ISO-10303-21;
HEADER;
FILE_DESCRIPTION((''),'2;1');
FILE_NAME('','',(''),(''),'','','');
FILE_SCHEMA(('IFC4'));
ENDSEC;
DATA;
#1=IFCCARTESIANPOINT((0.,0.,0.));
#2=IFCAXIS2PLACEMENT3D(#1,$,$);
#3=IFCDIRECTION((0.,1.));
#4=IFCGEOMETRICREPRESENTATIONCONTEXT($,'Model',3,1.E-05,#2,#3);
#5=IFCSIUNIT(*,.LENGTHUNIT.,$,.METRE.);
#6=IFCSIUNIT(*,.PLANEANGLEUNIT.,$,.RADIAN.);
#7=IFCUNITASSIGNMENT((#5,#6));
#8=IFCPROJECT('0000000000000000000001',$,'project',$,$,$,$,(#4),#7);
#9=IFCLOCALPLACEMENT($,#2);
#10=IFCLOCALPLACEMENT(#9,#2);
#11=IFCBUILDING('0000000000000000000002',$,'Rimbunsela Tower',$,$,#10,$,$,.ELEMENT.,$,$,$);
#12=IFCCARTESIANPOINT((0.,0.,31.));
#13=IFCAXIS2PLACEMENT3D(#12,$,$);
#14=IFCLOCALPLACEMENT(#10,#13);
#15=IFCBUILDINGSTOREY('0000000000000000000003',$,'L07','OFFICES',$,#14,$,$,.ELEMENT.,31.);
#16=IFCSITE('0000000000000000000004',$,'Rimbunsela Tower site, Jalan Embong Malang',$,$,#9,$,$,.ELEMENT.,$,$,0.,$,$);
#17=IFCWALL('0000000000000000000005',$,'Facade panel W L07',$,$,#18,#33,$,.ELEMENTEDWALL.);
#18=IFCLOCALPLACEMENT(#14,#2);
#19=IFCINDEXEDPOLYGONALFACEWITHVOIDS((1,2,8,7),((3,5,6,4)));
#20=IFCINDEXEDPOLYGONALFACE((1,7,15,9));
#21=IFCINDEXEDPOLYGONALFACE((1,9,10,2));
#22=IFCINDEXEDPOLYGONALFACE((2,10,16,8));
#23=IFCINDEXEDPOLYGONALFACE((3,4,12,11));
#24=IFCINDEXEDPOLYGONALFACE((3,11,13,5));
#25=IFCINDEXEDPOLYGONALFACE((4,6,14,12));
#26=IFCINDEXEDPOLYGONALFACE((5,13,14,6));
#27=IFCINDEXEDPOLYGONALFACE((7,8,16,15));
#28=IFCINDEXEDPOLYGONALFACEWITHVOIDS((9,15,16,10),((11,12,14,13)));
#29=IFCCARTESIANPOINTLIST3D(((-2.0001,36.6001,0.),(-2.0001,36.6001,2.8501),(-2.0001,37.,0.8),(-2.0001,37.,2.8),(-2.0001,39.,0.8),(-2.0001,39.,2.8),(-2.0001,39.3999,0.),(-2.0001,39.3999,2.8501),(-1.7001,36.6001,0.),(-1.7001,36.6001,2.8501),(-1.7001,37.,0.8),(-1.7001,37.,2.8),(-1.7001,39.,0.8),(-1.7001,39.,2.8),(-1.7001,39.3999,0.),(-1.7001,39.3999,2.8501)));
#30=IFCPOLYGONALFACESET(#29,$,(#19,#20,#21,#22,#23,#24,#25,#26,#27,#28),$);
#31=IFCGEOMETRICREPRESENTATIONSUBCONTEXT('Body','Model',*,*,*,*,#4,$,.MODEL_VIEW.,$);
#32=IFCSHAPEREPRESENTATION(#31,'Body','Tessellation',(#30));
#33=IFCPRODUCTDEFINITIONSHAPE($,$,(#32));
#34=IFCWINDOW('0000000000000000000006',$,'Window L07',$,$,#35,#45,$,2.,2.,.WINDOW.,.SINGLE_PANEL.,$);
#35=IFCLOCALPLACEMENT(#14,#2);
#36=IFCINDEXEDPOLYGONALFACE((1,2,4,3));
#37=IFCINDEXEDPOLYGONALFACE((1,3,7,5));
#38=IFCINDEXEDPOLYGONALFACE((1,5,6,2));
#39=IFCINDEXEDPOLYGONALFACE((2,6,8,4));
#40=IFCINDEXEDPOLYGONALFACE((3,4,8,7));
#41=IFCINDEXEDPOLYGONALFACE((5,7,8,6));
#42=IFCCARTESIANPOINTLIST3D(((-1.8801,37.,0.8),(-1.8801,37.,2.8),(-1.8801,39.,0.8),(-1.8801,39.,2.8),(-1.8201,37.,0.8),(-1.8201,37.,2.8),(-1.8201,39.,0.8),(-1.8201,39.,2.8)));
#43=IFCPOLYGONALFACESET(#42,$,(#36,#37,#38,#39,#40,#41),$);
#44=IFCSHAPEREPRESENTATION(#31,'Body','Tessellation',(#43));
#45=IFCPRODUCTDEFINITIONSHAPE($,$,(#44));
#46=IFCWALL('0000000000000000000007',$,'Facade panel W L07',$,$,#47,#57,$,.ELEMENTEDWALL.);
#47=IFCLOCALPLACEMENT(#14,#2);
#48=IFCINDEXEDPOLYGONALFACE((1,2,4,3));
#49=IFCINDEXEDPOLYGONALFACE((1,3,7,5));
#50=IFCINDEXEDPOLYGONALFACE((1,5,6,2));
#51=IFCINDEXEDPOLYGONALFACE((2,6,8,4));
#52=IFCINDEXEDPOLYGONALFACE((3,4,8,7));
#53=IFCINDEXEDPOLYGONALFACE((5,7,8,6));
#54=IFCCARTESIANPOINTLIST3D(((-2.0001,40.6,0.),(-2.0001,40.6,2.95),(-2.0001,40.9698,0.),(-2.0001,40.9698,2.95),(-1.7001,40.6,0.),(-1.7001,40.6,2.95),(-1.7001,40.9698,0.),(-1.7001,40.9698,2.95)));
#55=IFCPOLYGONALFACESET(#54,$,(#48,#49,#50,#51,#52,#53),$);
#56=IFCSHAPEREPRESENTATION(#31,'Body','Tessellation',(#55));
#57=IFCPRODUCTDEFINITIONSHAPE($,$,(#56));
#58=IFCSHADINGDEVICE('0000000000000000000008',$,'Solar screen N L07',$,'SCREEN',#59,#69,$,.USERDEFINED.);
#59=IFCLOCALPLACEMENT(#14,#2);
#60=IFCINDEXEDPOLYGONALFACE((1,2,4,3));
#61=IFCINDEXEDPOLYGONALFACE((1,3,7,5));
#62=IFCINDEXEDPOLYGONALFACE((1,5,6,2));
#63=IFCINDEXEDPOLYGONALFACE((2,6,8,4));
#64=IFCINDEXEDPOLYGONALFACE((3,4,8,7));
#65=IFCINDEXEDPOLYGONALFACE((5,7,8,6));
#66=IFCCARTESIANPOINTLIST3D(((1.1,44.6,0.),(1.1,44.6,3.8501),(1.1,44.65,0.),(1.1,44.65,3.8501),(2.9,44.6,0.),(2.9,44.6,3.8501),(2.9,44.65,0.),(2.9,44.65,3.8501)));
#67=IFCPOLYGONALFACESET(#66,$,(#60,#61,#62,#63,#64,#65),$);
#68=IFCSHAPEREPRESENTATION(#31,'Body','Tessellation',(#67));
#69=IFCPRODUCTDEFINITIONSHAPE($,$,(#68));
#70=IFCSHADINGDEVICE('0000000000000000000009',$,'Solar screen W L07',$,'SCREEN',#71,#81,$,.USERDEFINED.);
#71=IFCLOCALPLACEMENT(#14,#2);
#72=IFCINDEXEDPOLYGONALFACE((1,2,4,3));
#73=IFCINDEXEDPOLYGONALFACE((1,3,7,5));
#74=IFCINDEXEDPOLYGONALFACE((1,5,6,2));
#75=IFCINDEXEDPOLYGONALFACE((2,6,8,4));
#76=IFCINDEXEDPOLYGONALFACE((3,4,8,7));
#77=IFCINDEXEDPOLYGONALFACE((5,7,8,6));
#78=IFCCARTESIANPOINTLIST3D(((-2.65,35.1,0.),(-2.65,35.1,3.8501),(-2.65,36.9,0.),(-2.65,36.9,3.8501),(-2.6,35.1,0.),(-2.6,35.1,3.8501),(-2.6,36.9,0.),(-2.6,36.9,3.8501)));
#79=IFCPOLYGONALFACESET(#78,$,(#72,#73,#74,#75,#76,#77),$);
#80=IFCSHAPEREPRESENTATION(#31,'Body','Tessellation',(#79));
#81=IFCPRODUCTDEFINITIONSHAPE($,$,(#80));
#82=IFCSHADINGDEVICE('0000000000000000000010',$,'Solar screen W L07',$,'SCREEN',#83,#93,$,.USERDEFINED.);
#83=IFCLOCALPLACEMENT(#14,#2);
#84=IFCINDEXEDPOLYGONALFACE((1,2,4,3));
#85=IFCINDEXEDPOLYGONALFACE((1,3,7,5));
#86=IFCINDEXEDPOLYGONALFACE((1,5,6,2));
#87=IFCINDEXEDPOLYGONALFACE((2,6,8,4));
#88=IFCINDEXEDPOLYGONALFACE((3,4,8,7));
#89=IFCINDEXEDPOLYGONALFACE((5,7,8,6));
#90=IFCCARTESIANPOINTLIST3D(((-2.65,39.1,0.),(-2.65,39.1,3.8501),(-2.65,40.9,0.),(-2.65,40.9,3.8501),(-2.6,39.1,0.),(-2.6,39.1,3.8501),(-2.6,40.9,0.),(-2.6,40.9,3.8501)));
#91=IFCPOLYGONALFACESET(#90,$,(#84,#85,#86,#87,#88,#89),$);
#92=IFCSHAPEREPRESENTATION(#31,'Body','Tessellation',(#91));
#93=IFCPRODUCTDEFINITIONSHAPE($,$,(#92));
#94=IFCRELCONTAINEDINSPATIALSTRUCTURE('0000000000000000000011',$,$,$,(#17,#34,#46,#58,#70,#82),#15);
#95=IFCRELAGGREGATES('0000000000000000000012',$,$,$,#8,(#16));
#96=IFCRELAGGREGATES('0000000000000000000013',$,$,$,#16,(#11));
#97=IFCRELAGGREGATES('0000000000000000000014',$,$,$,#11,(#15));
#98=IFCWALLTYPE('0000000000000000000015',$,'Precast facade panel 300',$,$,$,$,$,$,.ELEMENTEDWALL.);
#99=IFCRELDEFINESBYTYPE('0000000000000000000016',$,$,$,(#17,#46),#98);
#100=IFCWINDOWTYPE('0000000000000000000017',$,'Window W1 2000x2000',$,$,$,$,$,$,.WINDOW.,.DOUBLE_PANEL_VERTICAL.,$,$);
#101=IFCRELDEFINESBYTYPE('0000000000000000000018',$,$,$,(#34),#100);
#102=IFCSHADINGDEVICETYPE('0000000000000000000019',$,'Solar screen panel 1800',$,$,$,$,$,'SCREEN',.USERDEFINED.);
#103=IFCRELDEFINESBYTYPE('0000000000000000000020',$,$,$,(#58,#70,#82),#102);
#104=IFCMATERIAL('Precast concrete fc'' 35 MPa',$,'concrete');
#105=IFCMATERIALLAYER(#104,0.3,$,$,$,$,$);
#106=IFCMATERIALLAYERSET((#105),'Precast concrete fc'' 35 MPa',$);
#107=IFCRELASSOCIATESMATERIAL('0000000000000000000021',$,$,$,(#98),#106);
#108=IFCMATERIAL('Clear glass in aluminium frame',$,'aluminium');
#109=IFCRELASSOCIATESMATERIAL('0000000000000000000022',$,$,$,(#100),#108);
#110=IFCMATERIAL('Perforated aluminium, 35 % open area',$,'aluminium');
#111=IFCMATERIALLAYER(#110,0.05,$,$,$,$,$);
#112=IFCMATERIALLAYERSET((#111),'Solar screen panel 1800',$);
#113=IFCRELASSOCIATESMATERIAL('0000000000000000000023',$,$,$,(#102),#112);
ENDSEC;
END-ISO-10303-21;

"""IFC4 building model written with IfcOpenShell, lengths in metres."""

from ifc_helpers import new_model, si_unit, direction, frame, frame_2d, origin, origin_2d, place, context, subcontext, project, spatial, rectangle, extrude, material, layer, layer_set, type_object, element, fill, save


model = new_model("IFC4")

# Units and contexts
model_context = context("Model", 3, precision=1e-05, world=origin(), true_north=direction((0.0, 1.0)))
body_context = subcontext(model_context, "Body", "Model", "MODEL_VIEW")
ifc_project = project(units=[si_unit("LENGTHUNIT", "METRE"), si_unit("PLANEANGLEUNIT", "RADIAN")], contexts=[model_context])

# Site, building, storey
site_placement = place(None, origin())
site = spatial("IfcSite", under=ifc_project, at=site_placement, Name="Rimbunsela Tower site, Jalan Embong Malang", CompositionType="ELEMENT", RefElevation=0.0)
building_placement = place(site_placement, origin())
building = spatial("IfcBuilding", under=site, at=building_placement, Name="Rimbunsela Tower", CompositionType="ELEMENT")
storey_placement = place(building_placement, frame((0.0, 0.0, 31.0)))
storey = spatial("IfcBuildingStorey", under=building, at=storey_placement, Name="L07", Description="OFFICES", CompositionType="ELEMENT", Elevation=31.0)

# Shared definitions
ifc_material_1 = material(Name="Precast concrete fc' 35 MPa", Category="concrete")
ifc_layer_1 = layer(ifc_material_1, 0.3)
ifc_layer_set_1 = layer_set([ifc_layer_1], Name="Precast concrete fc' 35 MPa")
wall_type = type_object("IfcWallType", Name="Precast facade panel 300", PredefinedType="ELEMENTEDWALL", material=ifc_layer_set_1)

# Wall, opening, window
ifc_material_2 = material(Name="Clear glass in aluminium frame", Category="aluminium")
window_type = type_object("IfcWindowType", Name="Window W1 2000x2000", PartitioningType="DOUBLE_PANEL_VERTICAL", PredefinedType="WINDOW", material=ifc_material_2)
wall_1_placement = place(storey_placement, frame((-1.8501, 39.3999, 0.0), z_axis=(0.0, 0.0, 1.0), x_axis=(0.0, -1.0, 0.0)))
wall_1 = element("IfcWall", 1, at=wall_1_placement, inside=storey, type_object=wall_type, Name="Facade panel W L07", PredefinedType="ELEMENTEDWALL", context=body_context, shape_type="SweptSolid", body=[
    extrude(rectangle(XDim=2.7998, YDim=0.3, at=frame_2d((1.3999, 0.0))), origin(), (0.0, 0.0, 1.0), 2.8501),
])
opening_1_placement = place(wall_1_placement, frame((0.3999, 0.0, 0.8)))
opening_1 = element("IfcOpeningElement", 2, at=opening_1_placement, cuts=wall_1, PredefinedType="OPENING", context=body_context, shape_type="SweptSolid", body=[
    extrude(rectangle(XDim=2.0, YDim=2.0, at=frame_2d((1.0, 1.0))), frame((0.0, 0.1599, 0.0), z_axis=(0.0, -1.0, 0.0), x_axis=(1.0, 0.0, 0.0)), (0.0, 0.0, 1.0), 0.3201),
])
window_1_placement = place(opening_1_placement, origin())
window_1 = element("IfcWindow", 3, at=window_1_placement, inside=storey, type_object=window_type, Name="Window L07", OverallHeight=2.0, OverallWidth=2.0, PartitioningType="SINGLE_PANEL", PredefinedType="WINDOW", context=body_context, shape_type="SweptSolid", body=[
    extrude(rectangle(XDim=2.0, YDim=2.0, at=frame_2d((1.0, 1.0))), frame((0.0, 0.03, 0.0), z_axis=(0.0, -1.0, 0.0), x_axis=(1.0, 0.0, 0.0)), (0.0, 0.0, 1.0), 0.0601),
])
fill(opening_1, window_1)

# Wall
wall_2_placement = place(storey_placement, frame((-1.8501, 40.97, 0.0), z_axis=(0.0, 0.0, 1.0), x_axis=(0.0, -1.0, 0.0)))
element("IfcWall", 4, at=wall_2_placement, inside=storey, type_object=wall_type, Name="Facade panel W L07", PredefinedType="ELEMENTEDWALL", context=body_context, shape_type="SweptSolid", body=[
    extrude(rectangle(XDim=0.3699, YDim=0.3, at=frame_2d((0.1851, 0.0))), origin(), (0.0, 0.0, 1.0), 2.95),
])

# Shading devices
ifc_material_3 = material(Name="Perforated aluminium, 35 % open area", Category="aluminium")
ifc_layer_2 = layer(ifc_material_3, 0.05)
ifc_layer_set_2 = layer_set([ifc_layer_2], Name="Solar screen panel 1800")
shading_device_type = type_object("IfcShadingDeviceType", Name="Solar screen panel 1800", ElementType="SCREEN", PredefinedType="USERDEFINED", material=ifc_layer_set_2)
for number, where, z_axis, x_axis, name in (
    (5, (2.0, 44.625, 0.0), (0.0, 0.0, 1.0), (1.0, 0.0, 0.0), "Solar screen N L07"),
    (6, (-2.625, 36.0, 0.0), (0.0, 0.0, 1.0), (0.0, 1.0, 0.0), "Solar screen W L07"),
    (7, (-2.625, 40.0, 0.0), (0.0, 0.0, 1.0), (0.0, 1.0, 0.0), "Solar screen W L07"),
):
    element("IfcShadingDevice", number, at=place(storey_placement, frame(where, z_axis=z_axis, x_axis=x_axis)), inside=storey, type_object=shading_device_type, Name=name, ObjectType="SCREEN", PredefinedType="USERDEFINED", context=body_context, shape_type="SweptSolid", body=[
        extrude(rectangle(XDim=1.8, YDim=0.05, at=origin_2d()), origin(), (0.0, 0.0, 1.0), 3.8501),
    ])

save(model, "model.ifc")
